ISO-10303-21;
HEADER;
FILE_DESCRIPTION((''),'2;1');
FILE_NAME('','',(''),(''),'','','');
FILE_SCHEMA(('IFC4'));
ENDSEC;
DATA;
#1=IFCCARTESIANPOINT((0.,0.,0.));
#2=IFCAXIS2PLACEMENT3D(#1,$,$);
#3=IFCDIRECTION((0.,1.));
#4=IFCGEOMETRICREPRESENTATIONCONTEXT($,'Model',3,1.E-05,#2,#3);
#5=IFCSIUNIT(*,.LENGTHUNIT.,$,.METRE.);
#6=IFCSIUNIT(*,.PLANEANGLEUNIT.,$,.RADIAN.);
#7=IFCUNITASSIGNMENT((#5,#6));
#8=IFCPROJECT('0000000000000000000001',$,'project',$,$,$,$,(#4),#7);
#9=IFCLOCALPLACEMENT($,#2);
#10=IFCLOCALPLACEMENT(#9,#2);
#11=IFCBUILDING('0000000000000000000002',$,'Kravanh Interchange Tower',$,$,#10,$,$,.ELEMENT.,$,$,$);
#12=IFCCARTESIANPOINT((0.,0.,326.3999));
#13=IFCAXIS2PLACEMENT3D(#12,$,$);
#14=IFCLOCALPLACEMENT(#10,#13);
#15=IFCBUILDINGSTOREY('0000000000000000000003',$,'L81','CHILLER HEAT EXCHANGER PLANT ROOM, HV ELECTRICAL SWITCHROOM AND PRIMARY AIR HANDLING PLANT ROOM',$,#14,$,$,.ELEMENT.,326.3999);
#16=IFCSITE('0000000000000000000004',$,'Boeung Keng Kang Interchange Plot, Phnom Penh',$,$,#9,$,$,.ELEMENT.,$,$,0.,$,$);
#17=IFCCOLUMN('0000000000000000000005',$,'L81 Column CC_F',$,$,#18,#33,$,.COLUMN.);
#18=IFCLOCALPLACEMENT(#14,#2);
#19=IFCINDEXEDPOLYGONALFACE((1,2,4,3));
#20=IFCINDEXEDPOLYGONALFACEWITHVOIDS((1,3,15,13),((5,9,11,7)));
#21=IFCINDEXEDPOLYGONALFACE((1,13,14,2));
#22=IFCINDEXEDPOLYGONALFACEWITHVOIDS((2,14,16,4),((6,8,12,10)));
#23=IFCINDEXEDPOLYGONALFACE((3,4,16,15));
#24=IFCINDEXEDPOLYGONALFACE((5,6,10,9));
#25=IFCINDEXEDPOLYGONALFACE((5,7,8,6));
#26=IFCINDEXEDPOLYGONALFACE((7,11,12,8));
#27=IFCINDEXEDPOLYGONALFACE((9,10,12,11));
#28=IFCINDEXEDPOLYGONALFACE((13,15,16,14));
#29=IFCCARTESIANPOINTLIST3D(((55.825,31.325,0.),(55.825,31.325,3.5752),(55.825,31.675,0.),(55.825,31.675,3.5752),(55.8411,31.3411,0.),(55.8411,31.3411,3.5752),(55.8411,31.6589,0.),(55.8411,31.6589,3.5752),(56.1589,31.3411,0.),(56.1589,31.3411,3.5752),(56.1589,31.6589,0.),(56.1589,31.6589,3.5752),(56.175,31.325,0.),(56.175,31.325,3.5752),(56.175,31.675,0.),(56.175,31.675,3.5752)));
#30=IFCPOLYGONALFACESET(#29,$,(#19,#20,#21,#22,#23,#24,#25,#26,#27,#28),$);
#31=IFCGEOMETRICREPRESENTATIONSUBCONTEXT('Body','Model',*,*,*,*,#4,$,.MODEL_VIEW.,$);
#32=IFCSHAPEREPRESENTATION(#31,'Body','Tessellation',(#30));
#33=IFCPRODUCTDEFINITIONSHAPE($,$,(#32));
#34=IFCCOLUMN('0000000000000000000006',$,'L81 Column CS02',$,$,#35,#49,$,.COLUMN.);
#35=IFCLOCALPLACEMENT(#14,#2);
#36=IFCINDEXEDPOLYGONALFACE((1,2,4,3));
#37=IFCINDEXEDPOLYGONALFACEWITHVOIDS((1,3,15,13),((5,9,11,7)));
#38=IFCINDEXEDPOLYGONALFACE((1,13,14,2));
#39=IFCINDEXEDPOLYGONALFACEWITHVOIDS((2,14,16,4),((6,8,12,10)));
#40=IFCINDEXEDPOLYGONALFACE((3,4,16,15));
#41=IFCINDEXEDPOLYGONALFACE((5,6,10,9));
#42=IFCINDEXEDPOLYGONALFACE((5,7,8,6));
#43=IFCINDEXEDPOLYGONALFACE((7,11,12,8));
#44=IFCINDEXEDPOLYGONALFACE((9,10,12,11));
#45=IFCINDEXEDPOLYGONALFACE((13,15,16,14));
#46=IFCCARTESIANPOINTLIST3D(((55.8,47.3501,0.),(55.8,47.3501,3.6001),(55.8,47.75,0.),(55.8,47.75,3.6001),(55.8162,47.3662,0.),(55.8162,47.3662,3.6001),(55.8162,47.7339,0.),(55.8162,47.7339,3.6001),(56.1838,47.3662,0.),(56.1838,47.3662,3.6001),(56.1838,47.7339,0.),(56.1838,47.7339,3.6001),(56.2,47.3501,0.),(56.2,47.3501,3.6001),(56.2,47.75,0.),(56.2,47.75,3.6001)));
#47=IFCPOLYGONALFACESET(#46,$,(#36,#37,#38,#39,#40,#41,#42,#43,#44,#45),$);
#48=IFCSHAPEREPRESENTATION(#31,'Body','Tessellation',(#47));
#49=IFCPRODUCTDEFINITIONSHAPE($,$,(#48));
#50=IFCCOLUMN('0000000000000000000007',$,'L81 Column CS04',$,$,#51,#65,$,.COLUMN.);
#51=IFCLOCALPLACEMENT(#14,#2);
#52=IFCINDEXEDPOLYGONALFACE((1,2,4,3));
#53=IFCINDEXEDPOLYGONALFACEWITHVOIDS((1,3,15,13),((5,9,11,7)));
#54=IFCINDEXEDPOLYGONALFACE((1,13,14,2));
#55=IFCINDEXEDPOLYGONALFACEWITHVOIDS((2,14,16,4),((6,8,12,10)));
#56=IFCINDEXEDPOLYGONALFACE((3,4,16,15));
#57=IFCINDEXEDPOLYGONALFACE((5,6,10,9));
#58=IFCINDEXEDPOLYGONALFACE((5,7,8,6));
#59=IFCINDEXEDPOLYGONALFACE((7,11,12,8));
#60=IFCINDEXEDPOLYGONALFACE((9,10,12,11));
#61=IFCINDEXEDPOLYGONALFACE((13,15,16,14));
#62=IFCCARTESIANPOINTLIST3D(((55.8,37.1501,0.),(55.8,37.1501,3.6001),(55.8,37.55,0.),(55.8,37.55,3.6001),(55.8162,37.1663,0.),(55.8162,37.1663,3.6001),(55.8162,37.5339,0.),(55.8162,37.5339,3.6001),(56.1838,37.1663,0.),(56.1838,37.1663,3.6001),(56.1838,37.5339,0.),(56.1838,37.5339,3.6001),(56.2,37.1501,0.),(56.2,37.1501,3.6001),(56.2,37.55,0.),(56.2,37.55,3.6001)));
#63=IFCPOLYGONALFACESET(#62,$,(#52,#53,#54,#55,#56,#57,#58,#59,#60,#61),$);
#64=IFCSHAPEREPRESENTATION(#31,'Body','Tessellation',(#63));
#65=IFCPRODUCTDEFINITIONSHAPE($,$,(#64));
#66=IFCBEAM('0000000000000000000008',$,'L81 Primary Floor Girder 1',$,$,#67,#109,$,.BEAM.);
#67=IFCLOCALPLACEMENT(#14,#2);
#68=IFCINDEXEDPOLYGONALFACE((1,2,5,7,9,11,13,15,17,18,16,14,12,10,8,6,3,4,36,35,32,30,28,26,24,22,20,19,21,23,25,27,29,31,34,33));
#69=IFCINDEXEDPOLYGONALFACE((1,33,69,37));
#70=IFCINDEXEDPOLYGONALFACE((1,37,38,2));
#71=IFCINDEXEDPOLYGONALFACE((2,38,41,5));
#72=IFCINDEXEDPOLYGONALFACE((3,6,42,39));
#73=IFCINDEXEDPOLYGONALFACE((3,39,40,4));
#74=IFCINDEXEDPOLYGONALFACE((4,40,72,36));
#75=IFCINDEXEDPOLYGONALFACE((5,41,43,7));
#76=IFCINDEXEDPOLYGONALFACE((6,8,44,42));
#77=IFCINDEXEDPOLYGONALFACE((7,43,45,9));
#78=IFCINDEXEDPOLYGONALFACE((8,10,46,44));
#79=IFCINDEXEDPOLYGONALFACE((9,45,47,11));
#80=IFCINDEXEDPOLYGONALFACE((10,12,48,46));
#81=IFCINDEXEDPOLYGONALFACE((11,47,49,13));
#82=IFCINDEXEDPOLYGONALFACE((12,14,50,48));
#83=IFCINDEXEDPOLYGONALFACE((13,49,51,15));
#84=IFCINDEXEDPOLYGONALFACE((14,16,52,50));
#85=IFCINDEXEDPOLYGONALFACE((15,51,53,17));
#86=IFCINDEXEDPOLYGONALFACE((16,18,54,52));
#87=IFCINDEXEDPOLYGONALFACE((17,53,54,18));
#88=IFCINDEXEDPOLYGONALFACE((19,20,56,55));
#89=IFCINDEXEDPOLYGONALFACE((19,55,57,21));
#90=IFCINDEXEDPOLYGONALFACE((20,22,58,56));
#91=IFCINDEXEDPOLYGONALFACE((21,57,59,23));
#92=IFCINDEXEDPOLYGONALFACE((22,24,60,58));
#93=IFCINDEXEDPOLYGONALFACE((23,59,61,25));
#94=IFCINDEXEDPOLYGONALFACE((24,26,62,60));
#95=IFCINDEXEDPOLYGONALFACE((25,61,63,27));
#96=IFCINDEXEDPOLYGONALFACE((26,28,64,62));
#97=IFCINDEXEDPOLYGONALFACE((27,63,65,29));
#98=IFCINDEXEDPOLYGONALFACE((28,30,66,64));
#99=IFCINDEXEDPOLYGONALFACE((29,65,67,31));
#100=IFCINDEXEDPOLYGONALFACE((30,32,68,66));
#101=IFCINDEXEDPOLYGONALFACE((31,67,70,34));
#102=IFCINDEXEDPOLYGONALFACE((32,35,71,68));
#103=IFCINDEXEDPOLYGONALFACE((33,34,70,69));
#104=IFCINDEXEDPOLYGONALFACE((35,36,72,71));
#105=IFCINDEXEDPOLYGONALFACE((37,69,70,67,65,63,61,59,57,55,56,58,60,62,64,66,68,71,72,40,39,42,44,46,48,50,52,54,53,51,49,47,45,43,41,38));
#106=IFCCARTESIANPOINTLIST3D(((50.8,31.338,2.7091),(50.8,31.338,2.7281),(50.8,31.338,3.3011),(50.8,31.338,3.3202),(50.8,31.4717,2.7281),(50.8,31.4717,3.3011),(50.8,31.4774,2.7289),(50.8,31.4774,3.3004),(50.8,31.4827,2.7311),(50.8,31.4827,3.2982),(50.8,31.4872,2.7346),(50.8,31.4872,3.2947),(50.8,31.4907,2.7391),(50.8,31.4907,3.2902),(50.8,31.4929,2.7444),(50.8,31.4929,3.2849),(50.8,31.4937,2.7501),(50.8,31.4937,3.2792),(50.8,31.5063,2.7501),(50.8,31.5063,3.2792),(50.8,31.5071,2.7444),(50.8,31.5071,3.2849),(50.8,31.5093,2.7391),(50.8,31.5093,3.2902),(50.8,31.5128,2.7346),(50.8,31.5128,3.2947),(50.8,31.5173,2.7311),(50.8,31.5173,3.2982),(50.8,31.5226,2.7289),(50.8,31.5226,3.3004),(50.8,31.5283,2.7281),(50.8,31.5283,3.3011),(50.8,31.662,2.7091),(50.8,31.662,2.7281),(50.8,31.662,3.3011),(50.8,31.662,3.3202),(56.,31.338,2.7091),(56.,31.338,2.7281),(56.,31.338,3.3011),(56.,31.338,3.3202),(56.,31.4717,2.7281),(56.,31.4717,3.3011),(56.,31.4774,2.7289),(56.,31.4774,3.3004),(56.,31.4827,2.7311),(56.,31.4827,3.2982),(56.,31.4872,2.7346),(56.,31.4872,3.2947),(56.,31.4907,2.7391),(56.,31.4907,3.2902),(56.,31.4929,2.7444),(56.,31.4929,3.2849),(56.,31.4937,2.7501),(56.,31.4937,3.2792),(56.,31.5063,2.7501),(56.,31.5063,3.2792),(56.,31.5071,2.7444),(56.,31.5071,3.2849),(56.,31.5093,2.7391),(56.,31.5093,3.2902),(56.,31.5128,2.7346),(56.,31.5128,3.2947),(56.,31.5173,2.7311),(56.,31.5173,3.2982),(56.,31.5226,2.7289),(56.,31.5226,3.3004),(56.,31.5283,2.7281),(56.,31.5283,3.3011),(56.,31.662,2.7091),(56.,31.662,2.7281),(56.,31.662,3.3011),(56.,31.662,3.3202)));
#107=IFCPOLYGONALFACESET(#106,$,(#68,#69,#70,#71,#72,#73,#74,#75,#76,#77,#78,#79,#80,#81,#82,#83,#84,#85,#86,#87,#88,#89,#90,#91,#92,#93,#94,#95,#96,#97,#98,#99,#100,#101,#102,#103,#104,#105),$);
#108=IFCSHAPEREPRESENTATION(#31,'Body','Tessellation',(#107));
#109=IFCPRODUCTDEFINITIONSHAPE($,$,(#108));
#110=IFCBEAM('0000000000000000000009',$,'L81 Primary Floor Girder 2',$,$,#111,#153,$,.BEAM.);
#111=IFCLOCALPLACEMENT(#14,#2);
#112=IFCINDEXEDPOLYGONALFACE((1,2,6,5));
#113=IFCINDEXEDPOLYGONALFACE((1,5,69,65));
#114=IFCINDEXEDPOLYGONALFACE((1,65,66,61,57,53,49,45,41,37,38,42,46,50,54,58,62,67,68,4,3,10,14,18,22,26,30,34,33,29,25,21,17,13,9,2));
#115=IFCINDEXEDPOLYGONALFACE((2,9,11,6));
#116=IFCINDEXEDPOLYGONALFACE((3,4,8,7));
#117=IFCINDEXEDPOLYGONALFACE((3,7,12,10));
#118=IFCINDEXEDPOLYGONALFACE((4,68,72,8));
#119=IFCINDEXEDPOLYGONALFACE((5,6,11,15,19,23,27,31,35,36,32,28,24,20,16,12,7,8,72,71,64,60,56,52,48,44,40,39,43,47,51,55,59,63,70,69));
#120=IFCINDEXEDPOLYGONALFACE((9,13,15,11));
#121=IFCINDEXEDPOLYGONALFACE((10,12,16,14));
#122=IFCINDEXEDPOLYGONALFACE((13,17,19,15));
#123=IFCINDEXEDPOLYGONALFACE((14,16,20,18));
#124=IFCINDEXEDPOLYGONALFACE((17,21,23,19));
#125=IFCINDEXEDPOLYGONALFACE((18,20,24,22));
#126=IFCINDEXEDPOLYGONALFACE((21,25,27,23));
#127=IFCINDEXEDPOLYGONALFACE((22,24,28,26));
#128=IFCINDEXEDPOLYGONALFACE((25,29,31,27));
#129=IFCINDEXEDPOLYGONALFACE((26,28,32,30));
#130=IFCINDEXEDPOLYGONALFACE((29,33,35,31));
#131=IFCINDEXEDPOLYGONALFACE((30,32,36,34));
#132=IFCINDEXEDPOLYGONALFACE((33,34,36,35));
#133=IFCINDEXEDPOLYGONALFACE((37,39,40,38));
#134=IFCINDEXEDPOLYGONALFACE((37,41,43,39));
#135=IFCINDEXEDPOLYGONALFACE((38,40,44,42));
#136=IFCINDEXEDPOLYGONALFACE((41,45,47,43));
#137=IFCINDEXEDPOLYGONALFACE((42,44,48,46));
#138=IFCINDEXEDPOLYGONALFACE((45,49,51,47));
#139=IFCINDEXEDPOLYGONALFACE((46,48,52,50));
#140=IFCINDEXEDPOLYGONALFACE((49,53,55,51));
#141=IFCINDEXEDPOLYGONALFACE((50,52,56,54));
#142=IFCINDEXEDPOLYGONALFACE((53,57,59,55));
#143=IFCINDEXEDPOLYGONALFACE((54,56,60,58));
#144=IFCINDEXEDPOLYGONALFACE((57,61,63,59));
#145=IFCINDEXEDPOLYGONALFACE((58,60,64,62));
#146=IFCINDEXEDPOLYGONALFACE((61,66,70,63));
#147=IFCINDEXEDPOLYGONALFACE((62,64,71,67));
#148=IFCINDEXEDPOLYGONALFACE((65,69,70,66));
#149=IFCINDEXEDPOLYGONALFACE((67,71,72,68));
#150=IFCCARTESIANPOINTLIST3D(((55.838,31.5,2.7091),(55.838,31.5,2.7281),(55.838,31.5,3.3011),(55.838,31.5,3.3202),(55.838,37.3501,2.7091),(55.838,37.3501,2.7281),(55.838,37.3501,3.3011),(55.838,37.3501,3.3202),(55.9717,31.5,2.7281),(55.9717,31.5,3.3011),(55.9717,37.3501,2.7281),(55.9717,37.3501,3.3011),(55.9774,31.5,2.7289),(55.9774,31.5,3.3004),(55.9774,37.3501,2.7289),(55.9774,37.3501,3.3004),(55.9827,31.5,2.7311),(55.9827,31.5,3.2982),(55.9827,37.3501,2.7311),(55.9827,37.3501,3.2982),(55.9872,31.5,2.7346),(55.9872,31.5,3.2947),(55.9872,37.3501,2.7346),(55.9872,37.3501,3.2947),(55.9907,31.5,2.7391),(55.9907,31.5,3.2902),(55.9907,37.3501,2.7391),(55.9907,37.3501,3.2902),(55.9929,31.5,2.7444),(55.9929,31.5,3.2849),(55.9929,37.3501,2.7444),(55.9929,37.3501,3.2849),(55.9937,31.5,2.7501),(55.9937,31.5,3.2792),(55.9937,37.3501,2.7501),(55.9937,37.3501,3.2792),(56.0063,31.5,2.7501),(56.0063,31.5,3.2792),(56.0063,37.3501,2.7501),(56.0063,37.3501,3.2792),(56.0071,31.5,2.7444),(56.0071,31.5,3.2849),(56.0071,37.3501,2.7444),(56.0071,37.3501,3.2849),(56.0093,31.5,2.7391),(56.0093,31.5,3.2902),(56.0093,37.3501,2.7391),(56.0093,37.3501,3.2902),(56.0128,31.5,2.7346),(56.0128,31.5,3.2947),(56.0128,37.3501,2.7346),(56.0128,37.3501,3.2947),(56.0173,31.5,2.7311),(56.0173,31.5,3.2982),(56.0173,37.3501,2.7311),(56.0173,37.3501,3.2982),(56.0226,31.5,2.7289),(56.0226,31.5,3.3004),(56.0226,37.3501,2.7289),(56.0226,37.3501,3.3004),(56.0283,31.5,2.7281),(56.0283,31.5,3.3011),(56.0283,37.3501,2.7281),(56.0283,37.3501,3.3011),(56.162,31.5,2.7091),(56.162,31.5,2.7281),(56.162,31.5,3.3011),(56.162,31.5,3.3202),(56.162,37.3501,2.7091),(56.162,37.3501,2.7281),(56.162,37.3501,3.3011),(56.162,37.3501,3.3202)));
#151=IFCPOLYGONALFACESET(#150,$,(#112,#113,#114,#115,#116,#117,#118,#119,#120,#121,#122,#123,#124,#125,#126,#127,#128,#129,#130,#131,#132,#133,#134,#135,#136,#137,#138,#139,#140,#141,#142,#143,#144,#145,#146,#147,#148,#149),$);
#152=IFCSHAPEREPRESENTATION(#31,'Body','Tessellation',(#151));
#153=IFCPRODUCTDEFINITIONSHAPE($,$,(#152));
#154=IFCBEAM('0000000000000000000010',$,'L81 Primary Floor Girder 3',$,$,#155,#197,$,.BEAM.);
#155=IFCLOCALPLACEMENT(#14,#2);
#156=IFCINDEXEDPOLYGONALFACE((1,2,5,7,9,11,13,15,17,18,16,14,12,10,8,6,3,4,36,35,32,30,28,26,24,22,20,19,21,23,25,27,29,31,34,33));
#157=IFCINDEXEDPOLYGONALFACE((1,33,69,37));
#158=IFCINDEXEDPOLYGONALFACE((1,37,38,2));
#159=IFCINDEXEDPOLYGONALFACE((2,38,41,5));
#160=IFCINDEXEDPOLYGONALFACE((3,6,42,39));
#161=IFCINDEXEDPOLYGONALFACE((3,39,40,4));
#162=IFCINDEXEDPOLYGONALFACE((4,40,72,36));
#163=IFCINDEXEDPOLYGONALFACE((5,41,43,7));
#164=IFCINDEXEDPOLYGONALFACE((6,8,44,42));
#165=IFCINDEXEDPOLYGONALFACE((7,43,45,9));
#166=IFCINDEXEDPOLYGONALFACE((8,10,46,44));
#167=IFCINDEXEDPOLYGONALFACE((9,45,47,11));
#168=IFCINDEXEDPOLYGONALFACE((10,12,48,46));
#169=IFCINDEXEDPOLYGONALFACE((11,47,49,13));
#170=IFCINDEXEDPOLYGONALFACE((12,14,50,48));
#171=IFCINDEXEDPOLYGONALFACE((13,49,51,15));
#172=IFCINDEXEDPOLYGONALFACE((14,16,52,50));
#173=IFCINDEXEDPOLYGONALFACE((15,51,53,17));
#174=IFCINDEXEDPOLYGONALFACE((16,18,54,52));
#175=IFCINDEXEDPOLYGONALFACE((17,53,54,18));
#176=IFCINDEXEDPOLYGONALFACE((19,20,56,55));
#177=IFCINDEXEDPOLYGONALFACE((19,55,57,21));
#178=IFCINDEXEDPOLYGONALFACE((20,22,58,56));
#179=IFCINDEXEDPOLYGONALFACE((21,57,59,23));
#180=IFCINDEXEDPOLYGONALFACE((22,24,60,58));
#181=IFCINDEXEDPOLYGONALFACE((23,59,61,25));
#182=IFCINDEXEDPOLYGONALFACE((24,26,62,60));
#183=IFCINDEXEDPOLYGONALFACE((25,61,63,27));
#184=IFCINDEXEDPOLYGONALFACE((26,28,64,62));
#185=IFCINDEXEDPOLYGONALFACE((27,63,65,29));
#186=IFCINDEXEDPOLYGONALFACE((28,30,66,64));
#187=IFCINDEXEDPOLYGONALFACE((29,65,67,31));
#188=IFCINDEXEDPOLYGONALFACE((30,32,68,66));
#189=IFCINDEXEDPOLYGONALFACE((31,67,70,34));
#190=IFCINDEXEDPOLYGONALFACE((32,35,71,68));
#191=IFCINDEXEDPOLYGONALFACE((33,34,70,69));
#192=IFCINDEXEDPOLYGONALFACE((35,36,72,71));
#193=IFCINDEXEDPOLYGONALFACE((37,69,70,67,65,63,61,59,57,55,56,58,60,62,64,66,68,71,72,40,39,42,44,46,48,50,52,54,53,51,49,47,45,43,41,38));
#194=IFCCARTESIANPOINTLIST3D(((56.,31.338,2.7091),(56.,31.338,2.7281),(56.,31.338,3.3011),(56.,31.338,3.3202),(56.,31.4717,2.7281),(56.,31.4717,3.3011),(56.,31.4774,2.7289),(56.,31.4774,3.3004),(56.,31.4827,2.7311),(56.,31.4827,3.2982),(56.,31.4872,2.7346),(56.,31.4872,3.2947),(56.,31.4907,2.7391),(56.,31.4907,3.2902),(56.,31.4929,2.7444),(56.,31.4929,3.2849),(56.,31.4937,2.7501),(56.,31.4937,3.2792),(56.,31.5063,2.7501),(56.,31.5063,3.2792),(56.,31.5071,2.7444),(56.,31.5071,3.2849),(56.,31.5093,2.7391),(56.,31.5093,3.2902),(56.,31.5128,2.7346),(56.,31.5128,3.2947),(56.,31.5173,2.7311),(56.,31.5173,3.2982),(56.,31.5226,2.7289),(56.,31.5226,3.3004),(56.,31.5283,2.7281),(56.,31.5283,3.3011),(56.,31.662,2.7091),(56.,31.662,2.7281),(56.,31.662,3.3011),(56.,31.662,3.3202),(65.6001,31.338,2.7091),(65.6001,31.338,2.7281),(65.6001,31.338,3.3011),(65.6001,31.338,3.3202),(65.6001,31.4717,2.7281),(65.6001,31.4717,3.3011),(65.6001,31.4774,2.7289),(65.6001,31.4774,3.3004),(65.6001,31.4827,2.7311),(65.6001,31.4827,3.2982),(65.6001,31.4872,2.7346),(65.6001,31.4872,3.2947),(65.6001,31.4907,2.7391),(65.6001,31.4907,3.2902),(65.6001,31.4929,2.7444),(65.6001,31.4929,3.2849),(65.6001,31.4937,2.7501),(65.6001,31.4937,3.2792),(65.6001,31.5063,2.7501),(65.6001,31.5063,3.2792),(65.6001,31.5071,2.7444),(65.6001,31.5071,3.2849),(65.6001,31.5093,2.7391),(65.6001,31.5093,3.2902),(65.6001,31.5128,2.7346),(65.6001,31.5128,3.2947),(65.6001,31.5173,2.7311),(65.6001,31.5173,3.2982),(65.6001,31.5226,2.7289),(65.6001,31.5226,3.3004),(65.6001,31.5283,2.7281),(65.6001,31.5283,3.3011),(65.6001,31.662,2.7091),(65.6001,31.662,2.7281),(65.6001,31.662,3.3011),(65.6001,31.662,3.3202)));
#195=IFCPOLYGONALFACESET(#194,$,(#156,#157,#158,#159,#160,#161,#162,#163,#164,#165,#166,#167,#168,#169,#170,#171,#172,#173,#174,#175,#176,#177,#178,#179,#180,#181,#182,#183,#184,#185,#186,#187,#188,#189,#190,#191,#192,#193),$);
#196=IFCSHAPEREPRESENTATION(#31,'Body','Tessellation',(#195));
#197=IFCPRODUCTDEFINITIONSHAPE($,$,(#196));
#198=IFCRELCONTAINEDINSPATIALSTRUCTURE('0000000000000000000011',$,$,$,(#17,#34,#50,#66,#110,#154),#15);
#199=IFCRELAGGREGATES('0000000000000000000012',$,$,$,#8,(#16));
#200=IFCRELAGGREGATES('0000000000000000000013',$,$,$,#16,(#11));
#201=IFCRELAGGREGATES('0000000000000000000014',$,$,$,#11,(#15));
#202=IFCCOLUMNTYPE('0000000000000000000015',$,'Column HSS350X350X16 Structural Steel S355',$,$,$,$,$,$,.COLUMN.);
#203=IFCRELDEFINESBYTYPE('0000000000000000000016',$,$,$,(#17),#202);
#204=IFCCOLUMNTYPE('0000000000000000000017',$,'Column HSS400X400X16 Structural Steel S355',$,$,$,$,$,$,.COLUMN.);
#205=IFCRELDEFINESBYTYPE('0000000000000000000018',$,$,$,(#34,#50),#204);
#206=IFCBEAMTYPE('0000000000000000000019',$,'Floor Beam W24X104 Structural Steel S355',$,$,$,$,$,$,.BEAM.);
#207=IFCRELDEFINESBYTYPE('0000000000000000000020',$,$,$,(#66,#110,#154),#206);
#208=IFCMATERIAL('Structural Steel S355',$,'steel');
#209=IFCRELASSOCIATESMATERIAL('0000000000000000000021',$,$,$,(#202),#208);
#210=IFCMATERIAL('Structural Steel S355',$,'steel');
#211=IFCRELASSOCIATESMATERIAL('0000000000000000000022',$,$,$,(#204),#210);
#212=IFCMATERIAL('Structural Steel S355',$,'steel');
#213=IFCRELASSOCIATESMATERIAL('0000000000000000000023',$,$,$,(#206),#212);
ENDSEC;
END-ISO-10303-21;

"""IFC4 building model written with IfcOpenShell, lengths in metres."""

from ifc_helpers import new_model, si_unit, direction, frame, origin, origin_2d, place, context, subcontext, project, spatial, hollow_rectangle, i_section, extrude, material, material_profile, profile_set, type_object, element, save


model = new_model("IFC4")

# Units and contexts
model_context = context("Model", 3, precision=1e-05, world=origin(), true_north=direction((0.0, 1.0)))
body_context = subcontext(model_context, "Body", "Model", "MODEL_VIEW")
ifc_project = project(units=[si_unit("LENGTHUNIT", "METRE"), si_unit("PLANEANGLEUNIT", "RADIAN")], contexts=[model_context])

# Site, building, storey
site_placement = place(None, origin())
site = spatial("IfcSite", under=ifc_project, at=site_placement, Name="Boeung Keng Kang Interchange Plot, Phnom Penh", CompositionType="ELEMENT", RefElevation=0.0)
building_placement = place(site_placement, origin())
building = spatial("IfcBuilding", under=site, at=building_placement, Name="Kravanh Interchange Tower", CompositionType="ELEMENT")
storey_placement = place(building_placement, frame((0.0, 0.0, 326.3999)))
storey = spatial("IfcBuildingStorey", under=building, at=storey_placement, Name="L81", Description="CHILLER HEAT EXCHANGER PLANT ROOM, HV ELECTRICAL SWITCHROOM AND PRIMARY AIR HANDLING PLANT ROOM", CompositionType="ELEMENT", Elevation=326.3999)

# Columns
ifc_material_1 = material(Name="Structural Steel S355", Category="steel")
ifc_material_profile_1 = material_profile(ifc_material_1, hollow_rectangle(XDim=0.3501, YDim=0.3501, WallThickness=0.0161, at=origin_2d()), Name="HSS350X350X16")
ifc_profile_set_1 = profile_set([ifc_material_profile_1], Name="Structural Steel S355")
column_type_1 = type_object("IfcColumnType", Name="Column HSS350X350X16 Structural Steel S355", PredefinedType="COLUMN", material=ifc_profile_set_1)
column_placement = place(storey_placement, frame((56.0, 31.5, 0.0), z_axis=(0.0, 0.0, 1.0), x_axis=(1.0, 0.0, 0.0)))
element("IfcColumn", 1, at=column_placement, inside=storey, type_object=column_type_1, Name="L81 Column CC_F", PredefinedType="COLUMN", context=body_context, shape_type="SweptSolid", body=[
    extrude(hollow_rectangle(XDim=0.3501, YDim=0.3501, WallThickness=0.0161, at=origin_2d()), origin(), (0.0, 0.0, 1.0), 3.5752),
])
ifc_material_2 = material(Name="Structural Steel S355", Category="steel")
ifc_material_profile_2 = material_profile(ifc_material_2, hollow_rectangle(XDim=0.3999, YDim=0.3999, WallThickness=0.0161, at=origin_2d()), Name="HSS400X400X16")
ifc_profile_set_2 = profile_set([ifc_material_profile_2], Name="Structural Steel S355")
column_type_2 = type_object("IfcColumnType", Name="Column HSS400X400X16 Structural Steel S355", PredefinedType="COLUMN", material=ifc_profile_set_2)
for number, where, z_axis, x_axis, name in (
    (2, (56.0, 47.55, 0.0), (0.0, 0.0, 1.0), (1.0, 0.0, 0.0), "L81 Column CS02"),
    (3, (56.0, 37.3501, 0.0), (0.0, 0.0, 1.0), (1.0, 0.0, 0.0), "L81 Column CS04"),
):
    element("IfcColumn", number, at=place(storey_placement, frame(where, z_axis=z_axis, x_axis=x_axis)), inside=storey, type_object=column_type_2, Name=name, PredefinedType="COLUMN", context=body_context, shape_type="SweptSolid", body=[
        extrude(hollow_rectangle(XDim=0.3999, YDim=0.3999, WallThickness=0.0161, at=origin_2d()), origin(), (0.0, 0.0, 1.0), 3.6001),
    ])

# Beams
ifc_material_3 = material(Name="Structural Steel S355", Category="steel")
ifc_material_profile_3 = material_profile(ifc_material_3, i_section(OverallWidth=0.324, OverallDepth=0.6111, WebThickness=0.0127, FlangeThickness=0.019, FilletRadius=0.022, at=origin_2d()), Name="W24X104")
ifc_profile_set_3 = profile_set([ifc_material_profile_3], Name="Structural Steel S355")
beam_type_1 = type_object("IfcBeamType", Name="Floor Beam W24X104 Structural Steel S355", PredefinedType="BEAM", material=ifc_profile_set_3)
beam_1_placement = place(storey_placement, frame((56.0, 31.5, 3.0146), z_axis=(-1.0, 0.0, 0.0), x_axis=(0.0, -1.0, 0.0)))
element("IfcBeam", 4, at=beam_1_placement, inside=storey, type_object=beam_type_1, Name="L81 Primary Floor Girder 1", PredefinedType="BEAM", context=body_context, shape_type="SweptSolid", body=[
    extrude(i_section(OverallWidth=0.324, OverallDepth=0.6111, WebThickness=0.0127, FlangeThickness=0.019, FilletRadius=0.022, at=origin_2d()), origin(), (0.0, 0.0, 1.0), 5.2),
])
beam_2_placement = place(storey_placement, frame((56.0, 31.5, 3.0146), z_axis=(0.0, 1.0, 0.0), x_axis=(-1.0, 0.0, 0.0)))
element("IfcBeam", 5, at=beam_2_placement, inside=storey, type_object=beam_type_1, Name="L81 Primary Floor Girder 2", PredefinedType="BEAM", context=body_context, shape_type="SweptSolid", body=[
    extrude(i_section(OverallWidth=0.324, OverallDepth=0.6111, WebThickness=0.0127, FlangeThickness=0.019, FilletRadius=0.022, at=origin_2d()), origin(), (0.0, 0.0, 1.0), 5.8501),
])
beam_3_placement = place(storey_placement, frame((56.0, 31.5, 3.0146), z_axis=(1.0, 0.0, 0.0), x_axis=(0.0, 1.0, 0.0)))
element("IfcBeam", 6, at=beam_3_placement, inside=storey, type_object=beam_type_1, Name="L81 Primary Floor Girder 3", PredefinedType="BEAM", context=body_context, shape_type="SweptSolid", body=[
    extrude(i_section(OverallWidth=0.324, OverallDepth=0.6111, WebThickness=0.0127, FlangeThickness=0.019, FilletRadius=0.022, at=origin_2d()), origin(), (0.0, 0.0, 1.0), 9.6001),
])

save(model, "model.ifc")
